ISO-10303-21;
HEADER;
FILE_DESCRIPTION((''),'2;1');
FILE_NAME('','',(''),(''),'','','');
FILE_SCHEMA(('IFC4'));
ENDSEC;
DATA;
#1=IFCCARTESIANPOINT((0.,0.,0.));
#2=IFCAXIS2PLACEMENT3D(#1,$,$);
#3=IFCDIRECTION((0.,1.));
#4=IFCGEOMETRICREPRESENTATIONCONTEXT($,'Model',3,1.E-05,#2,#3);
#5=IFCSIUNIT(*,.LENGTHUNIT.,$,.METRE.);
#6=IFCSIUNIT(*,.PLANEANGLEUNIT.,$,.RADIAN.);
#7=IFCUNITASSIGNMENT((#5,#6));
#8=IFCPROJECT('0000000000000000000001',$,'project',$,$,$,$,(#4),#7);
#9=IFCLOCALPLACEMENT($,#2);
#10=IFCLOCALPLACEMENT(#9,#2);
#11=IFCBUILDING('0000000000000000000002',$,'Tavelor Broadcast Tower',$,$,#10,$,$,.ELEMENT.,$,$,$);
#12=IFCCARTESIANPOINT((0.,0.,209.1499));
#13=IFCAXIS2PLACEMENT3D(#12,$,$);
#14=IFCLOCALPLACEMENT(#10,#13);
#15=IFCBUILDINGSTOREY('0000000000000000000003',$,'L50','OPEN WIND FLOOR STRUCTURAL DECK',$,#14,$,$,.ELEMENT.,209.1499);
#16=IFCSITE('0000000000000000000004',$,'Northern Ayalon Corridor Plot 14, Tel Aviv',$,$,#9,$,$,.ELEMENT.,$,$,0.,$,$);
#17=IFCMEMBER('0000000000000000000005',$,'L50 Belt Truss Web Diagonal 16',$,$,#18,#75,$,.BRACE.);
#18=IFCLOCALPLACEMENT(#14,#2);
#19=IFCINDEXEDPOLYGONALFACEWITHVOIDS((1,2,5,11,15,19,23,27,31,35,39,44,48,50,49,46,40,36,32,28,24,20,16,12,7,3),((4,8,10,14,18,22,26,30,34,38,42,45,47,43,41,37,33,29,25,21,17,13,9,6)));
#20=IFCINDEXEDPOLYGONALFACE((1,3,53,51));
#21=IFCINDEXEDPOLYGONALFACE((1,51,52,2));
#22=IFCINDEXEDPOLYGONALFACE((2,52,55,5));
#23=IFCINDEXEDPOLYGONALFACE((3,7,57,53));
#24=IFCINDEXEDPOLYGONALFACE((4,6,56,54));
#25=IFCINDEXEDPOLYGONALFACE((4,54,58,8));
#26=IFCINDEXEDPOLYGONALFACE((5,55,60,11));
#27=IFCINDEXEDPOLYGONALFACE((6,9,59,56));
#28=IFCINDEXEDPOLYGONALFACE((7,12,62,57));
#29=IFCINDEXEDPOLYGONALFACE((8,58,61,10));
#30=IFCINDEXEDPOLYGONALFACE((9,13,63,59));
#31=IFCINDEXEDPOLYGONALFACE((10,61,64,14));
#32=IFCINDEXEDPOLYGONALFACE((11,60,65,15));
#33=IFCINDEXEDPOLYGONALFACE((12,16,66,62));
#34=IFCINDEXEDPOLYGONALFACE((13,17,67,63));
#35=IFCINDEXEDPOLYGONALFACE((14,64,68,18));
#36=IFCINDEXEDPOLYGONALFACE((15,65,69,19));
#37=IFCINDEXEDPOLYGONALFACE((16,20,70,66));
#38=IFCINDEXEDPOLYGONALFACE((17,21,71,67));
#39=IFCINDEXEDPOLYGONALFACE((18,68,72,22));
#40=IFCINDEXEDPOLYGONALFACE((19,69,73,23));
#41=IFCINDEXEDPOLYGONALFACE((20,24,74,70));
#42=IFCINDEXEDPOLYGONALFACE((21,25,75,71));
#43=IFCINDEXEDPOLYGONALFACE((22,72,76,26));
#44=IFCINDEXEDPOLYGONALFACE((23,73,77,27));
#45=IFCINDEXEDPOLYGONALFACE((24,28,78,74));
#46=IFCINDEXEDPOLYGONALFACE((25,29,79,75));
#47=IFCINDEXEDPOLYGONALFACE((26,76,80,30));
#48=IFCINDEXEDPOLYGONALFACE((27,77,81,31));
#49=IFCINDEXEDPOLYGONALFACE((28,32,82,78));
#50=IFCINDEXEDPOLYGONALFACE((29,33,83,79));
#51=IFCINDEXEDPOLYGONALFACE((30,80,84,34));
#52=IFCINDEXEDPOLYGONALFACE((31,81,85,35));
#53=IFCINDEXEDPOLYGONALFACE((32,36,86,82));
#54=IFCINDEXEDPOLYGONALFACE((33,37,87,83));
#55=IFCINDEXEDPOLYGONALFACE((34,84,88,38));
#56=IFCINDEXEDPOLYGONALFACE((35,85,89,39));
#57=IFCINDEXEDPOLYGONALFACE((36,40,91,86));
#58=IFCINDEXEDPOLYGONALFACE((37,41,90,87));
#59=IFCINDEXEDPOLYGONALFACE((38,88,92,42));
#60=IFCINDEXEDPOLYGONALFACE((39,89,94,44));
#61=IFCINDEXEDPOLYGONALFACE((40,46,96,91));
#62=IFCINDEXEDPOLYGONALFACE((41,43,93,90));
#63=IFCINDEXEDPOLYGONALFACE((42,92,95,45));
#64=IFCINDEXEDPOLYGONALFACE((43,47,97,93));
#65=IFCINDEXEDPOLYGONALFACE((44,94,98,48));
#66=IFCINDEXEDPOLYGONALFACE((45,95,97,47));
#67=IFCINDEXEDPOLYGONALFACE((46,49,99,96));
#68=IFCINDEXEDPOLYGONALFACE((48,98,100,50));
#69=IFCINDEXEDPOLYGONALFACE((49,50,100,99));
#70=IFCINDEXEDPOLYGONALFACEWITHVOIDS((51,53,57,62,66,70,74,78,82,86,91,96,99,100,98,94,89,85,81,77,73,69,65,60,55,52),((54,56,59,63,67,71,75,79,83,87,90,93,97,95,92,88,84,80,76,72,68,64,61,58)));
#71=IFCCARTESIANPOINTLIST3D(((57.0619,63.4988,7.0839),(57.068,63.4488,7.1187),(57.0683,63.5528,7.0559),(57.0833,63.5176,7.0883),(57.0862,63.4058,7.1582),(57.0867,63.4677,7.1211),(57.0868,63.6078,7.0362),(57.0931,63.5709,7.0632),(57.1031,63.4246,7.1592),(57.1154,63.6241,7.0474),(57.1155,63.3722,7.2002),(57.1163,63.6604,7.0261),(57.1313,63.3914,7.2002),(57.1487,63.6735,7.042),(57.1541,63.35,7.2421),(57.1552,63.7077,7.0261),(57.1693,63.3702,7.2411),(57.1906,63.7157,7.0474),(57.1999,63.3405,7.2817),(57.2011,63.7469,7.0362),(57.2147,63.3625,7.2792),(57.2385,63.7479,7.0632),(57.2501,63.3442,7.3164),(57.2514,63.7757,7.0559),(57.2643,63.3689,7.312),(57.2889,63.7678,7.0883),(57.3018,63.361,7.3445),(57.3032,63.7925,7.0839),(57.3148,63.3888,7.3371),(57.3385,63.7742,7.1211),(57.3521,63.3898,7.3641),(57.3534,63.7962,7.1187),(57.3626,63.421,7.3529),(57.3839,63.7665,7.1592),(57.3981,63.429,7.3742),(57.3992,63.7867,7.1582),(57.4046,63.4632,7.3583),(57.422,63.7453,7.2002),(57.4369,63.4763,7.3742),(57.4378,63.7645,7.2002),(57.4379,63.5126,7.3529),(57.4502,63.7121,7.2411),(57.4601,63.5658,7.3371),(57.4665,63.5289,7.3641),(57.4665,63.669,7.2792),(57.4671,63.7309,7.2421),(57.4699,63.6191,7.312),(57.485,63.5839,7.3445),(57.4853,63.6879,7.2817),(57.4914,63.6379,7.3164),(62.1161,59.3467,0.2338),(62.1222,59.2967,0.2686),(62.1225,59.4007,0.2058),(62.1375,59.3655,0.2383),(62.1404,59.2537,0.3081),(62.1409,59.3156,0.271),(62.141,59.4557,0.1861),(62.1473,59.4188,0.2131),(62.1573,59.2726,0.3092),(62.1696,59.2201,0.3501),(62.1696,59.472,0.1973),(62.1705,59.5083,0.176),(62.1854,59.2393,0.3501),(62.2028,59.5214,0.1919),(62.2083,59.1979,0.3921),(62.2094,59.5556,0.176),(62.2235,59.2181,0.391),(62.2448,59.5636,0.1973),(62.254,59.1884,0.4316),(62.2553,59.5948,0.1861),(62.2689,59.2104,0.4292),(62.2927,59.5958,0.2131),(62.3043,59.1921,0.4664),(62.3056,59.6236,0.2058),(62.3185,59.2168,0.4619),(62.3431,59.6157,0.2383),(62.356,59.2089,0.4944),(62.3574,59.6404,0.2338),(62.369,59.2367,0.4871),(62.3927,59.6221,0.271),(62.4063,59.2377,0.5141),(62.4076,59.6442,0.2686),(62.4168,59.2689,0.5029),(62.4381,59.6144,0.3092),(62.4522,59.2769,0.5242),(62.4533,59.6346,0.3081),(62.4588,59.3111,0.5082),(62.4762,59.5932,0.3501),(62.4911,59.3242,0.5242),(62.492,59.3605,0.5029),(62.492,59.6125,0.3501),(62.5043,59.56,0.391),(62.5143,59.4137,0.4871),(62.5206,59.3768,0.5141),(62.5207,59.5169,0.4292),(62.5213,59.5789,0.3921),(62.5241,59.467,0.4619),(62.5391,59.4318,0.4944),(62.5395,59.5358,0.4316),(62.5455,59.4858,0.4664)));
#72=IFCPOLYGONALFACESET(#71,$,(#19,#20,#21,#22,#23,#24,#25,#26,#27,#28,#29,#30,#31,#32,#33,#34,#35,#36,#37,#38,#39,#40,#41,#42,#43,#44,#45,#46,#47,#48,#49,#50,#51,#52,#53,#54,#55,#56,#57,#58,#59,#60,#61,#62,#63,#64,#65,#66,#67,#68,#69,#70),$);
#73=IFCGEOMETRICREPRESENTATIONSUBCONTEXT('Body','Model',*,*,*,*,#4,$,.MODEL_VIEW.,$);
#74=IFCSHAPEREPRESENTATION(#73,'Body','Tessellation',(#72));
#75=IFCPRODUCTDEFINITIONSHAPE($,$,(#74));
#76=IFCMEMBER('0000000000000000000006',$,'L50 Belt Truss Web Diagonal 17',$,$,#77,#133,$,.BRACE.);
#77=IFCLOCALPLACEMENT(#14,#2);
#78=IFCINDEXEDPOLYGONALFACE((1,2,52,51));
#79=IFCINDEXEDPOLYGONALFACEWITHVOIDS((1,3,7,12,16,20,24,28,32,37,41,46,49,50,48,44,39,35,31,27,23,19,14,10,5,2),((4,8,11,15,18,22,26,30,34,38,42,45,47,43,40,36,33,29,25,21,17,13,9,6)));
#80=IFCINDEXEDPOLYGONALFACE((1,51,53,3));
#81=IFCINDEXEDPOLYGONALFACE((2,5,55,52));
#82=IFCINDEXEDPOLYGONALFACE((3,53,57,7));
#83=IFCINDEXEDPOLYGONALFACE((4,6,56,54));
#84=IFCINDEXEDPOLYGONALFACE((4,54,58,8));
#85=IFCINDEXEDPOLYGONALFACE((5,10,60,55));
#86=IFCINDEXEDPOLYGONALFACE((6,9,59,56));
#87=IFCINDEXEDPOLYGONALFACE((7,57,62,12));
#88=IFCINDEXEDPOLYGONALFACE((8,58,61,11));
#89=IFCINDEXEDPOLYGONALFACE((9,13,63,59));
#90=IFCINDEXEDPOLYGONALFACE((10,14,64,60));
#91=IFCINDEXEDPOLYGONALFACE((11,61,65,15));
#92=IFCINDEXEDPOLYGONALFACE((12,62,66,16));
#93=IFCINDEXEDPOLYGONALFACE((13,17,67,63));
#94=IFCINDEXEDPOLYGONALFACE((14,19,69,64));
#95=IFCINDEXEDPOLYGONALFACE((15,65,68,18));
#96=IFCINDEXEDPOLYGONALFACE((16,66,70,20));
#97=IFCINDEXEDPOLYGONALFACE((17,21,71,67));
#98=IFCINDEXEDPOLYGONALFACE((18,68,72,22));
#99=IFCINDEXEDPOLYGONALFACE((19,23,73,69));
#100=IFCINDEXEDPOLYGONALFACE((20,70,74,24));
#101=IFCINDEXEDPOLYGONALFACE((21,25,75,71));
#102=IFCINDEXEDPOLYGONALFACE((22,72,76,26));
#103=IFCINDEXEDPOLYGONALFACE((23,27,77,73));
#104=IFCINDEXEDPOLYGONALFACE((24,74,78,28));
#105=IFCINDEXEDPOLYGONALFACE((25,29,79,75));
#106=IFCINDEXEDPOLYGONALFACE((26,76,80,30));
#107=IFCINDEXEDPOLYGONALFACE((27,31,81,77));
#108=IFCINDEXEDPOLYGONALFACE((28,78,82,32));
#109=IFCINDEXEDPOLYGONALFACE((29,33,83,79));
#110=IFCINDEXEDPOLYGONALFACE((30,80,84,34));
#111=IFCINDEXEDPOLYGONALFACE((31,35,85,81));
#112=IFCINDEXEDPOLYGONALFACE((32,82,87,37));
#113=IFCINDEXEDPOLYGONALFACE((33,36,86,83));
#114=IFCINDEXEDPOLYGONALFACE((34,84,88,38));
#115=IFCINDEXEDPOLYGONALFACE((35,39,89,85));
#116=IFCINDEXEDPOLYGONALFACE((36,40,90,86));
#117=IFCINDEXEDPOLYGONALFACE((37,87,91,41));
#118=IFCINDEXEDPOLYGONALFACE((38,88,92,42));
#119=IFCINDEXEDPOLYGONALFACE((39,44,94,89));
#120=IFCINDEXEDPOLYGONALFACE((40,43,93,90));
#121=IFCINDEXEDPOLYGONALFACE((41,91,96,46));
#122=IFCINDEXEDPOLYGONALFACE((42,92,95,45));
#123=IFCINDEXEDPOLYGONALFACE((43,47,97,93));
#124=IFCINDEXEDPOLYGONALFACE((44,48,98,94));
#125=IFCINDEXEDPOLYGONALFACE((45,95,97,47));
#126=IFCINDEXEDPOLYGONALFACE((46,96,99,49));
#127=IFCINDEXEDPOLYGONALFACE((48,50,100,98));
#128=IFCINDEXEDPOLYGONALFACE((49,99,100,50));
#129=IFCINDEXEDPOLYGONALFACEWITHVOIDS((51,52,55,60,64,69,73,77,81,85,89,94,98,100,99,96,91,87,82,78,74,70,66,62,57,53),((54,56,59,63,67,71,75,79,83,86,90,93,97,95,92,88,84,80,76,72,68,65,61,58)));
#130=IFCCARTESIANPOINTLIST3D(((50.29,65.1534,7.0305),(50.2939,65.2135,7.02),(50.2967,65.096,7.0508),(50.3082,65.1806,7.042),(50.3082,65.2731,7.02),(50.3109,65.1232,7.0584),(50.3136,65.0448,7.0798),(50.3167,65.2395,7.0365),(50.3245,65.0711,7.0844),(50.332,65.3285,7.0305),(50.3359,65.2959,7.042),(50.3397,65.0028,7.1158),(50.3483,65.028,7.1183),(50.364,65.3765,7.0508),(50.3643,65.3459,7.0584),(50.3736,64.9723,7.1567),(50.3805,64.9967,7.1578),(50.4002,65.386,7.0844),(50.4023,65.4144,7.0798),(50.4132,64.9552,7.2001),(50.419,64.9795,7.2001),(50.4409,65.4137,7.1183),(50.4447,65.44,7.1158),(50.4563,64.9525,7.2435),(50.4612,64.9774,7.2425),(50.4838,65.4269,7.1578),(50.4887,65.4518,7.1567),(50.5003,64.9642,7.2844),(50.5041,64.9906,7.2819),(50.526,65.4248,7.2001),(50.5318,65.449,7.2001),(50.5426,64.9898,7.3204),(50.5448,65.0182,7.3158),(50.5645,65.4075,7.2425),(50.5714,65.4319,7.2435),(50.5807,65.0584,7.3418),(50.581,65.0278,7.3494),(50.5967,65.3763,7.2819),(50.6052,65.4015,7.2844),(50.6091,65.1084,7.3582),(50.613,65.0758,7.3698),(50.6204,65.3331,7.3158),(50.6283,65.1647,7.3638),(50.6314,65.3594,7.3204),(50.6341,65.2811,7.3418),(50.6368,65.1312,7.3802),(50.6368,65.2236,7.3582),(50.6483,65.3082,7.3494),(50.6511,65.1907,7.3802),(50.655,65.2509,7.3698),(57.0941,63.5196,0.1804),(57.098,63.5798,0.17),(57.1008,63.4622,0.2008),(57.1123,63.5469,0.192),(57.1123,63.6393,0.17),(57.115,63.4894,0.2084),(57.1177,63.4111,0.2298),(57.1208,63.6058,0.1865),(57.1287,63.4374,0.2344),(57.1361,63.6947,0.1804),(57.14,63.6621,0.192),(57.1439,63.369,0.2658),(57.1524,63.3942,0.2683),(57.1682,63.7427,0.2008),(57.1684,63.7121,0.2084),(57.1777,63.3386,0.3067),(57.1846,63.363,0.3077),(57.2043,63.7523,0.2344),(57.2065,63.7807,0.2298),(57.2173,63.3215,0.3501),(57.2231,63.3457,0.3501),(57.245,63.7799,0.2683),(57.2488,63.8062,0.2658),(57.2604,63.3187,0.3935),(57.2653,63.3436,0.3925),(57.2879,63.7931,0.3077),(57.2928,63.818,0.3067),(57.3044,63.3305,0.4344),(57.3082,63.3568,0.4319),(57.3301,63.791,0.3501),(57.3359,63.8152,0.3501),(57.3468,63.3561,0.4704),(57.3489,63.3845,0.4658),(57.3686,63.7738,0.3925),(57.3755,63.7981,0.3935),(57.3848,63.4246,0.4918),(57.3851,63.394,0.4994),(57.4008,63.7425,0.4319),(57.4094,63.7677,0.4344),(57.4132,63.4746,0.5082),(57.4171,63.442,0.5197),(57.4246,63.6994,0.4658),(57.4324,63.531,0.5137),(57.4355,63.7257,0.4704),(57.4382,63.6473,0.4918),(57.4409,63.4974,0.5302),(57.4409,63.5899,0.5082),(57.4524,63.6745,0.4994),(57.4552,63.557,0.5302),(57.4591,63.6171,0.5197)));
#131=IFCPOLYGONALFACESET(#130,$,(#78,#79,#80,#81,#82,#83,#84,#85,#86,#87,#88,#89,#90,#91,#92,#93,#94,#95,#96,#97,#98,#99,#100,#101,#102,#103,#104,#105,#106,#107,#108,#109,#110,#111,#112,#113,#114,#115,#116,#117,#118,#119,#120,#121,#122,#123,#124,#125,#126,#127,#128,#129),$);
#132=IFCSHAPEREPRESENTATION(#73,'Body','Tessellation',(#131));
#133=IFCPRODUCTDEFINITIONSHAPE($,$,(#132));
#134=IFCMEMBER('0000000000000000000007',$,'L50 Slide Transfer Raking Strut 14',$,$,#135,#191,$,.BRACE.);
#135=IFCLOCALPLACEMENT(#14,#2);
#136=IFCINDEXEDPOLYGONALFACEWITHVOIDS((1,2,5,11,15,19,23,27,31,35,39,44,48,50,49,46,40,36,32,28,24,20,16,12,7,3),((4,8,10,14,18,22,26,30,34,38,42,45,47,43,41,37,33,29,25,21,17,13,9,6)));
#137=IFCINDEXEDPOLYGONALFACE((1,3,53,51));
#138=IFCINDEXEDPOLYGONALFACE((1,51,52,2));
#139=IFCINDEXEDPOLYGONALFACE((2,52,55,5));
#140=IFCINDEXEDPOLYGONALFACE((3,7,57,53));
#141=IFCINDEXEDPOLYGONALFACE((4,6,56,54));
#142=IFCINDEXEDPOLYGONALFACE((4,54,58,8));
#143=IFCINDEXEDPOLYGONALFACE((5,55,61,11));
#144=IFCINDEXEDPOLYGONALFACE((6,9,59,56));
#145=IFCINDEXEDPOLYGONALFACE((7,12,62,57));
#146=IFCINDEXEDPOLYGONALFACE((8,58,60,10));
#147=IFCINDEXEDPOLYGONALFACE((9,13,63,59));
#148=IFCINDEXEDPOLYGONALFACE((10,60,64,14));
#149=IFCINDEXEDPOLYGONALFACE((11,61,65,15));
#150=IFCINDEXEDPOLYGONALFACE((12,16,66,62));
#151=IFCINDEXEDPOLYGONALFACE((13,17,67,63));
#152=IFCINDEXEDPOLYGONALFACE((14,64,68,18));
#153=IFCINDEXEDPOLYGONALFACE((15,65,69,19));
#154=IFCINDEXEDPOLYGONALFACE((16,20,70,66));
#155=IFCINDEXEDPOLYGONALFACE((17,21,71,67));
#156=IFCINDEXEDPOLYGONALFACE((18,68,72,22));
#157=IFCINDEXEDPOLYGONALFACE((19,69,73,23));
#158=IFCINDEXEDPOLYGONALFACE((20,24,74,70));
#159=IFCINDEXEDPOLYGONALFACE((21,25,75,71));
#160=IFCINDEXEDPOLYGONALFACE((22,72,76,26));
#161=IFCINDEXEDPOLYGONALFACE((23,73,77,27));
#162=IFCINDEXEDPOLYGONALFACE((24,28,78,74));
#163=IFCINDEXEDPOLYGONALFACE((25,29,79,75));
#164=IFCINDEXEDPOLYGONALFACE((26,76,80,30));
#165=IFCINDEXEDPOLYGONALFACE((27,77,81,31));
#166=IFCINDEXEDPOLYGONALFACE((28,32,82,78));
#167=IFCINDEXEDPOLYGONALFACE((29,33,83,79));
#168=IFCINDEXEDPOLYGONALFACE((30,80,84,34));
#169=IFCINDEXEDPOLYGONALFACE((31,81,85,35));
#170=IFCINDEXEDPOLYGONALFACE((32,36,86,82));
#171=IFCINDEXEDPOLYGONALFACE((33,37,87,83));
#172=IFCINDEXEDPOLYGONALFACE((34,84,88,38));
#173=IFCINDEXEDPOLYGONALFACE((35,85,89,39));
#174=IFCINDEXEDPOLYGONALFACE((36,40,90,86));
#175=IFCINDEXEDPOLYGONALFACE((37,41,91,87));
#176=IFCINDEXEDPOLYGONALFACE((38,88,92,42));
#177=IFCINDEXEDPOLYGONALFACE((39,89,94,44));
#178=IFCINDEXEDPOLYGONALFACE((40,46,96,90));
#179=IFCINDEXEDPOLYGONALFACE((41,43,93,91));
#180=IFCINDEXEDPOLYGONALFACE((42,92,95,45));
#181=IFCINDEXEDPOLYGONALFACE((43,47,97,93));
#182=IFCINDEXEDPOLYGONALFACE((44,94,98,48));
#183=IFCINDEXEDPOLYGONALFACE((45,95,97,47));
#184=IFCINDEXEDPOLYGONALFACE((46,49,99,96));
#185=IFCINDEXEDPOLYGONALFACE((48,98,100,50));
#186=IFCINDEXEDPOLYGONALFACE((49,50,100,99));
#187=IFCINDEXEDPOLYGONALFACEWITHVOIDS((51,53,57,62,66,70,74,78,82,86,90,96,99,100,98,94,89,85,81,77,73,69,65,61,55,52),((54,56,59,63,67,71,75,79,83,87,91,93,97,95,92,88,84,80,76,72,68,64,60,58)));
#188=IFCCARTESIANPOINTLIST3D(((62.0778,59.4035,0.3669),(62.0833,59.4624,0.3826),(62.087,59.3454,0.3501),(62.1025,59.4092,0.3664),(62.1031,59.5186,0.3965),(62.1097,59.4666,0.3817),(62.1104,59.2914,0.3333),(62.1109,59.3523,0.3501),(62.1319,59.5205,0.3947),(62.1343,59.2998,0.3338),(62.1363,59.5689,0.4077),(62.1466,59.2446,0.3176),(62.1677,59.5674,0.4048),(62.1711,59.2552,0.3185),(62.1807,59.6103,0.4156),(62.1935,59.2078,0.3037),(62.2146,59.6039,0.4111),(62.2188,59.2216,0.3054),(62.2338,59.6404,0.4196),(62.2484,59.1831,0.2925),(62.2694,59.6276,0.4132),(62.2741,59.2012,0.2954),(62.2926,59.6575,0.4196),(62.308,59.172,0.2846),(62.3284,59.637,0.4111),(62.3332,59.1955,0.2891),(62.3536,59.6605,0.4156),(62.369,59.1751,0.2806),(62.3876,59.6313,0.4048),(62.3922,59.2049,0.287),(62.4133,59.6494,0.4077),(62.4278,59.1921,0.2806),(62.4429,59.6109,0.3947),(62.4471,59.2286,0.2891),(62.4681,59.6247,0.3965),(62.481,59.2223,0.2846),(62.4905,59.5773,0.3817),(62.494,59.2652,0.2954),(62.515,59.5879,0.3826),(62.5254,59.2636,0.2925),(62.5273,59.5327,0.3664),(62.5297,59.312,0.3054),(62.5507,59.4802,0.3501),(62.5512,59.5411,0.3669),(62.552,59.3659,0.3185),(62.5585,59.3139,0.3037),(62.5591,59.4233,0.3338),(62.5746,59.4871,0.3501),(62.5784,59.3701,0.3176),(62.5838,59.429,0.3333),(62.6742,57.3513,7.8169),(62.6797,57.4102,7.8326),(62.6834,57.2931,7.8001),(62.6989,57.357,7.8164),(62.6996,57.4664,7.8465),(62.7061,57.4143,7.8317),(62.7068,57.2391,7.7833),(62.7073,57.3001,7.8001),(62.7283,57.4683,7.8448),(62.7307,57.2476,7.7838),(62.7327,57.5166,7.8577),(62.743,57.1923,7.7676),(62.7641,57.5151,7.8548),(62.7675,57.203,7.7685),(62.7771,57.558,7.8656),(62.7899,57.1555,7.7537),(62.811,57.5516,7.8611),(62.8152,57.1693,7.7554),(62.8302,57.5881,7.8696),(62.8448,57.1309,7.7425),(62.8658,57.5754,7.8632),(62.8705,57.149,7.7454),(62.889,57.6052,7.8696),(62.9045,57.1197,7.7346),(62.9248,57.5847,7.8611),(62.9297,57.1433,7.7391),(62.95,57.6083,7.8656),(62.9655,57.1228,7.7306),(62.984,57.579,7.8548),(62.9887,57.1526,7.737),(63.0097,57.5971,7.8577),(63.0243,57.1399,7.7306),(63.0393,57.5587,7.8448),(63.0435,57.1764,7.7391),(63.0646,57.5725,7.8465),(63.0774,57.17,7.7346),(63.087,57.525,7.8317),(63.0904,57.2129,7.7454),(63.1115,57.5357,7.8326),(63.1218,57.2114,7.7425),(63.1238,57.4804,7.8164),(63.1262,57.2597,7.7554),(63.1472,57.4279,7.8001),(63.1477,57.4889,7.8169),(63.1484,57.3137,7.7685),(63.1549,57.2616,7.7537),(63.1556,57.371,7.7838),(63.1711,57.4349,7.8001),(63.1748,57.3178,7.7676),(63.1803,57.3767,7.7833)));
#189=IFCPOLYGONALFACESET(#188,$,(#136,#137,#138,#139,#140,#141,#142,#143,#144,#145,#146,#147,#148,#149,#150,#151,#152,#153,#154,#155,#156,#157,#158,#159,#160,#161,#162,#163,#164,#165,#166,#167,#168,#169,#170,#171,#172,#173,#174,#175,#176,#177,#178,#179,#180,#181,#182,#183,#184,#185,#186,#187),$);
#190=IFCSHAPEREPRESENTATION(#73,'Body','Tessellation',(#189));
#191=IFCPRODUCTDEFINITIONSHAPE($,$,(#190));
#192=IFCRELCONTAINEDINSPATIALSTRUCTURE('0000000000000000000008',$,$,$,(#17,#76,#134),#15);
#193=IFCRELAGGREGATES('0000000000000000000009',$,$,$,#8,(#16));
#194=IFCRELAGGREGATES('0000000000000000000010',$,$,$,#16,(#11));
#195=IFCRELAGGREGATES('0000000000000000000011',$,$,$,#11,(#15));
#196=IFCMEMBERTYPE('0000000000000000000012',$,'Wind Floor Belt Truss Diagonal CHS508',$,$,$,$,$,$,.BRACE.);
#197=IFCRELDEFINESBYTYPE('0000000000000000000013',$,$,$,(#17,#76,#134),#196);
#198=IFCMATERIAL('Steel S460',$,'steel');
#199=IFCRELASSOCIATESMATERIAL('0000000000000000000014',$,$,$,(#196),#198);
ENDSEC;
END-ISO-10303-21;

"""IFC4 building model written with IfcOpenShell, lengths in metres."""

from ifc_helpers import new_model, si_unit, direction, frame, origin, origin_2d, place, context, subcontext, project, spatial, hollow_circle, extrude, material, material_profile, profile_set, type_object, element, save


model = new_model("IFC4")

# Units and contexts
model_context = context("Model", 3, precision=1e-05, world=origin(), true_north=direction((0.0, 1.0)))
body_context = subcontext(model_context, "Body", "Model", "MODEL_VIEW")
ifc_project = project(units=[si_unit("LENGTHUNIT", "METRE"), si_unit("PLANEANGLEUNIT", "RADIAN")], contexts=[model_context])

# Site, building, storey
site_placement = place(None, origin())
site = spatial("IfcSite", under=ifc_project, at=site_placement, Name="Northern Ayalon Corridor Plot 14, Tel Aviv", CompositionType="ELEMENT", RefElevation=0.0)
building_placement = place(site_placement, origin())
building = spatial("IfcBuilding", under=site, at=building_placement, Name="Tavelor Broadcast Tower", CompositionType="ELEMENT")
storey_placement = place(building_placement, frame((0.0, 0.0, 209.1499)))
storey = spatial("IfcBuildingStorey", under=building, at=storey_placement, Name="L50", Description="OPEN WIND FLOOR STRUCTURAL DECK", CompositionType="ELEMENT", Elevation=209.1499)

# Shared definitions
ifc_material_1 = material(Name="Steel S460", Category="steel")

# Members
ifc_material_profile_1 = material_profile(ifc_material_1, hollow_circle(Radius=0.2539, WallThickness=0.0249, at=origin_2d()), Name="CHS 508x25")
ifc_profile_set_1 = profile_set([ifc_material_profile_1], Name="Steel S460")
member_type_1 = type_object("IfcMemberType", Name="Wind Floor Belt Truss Diagonal CHS508", PredefinedType="BRACE", material=ifc_profile_set_1)
member_1_placement = place(storey_placement, frame((62.3308, 59.4163, 0.3501), z_axis=(-0.533624, 0.43838, 0.723235), x_axis=(-0.634779, -0.772694, 0.0)))
element("IfcMember", 1, at=member_1_placement, inside=storey, type_object=member_type_1, Name="L50 Belt Truss Web Diagonal 16", PredefinedType="BRACE", context=body_context, shape_type="SweptSolid", body=[
    extrude(hollow_circle(Radius=0.2539, WallThickness=0.0249, at=origin_2d()), origin(), (0.0, 0.0, 1.0), 9.4714),
])
member_2_placement = place(storey_placement, frame((57.2766, 63.5684, 0.3501), z_axis=(-0.694848, 0.166843, 0.699535), x_axis=(-0.233479, -0.972362, 0.0)))
element("IfcMember", 2, at=member_2_placement, inside=storey, type_object=member_type_1, Name="L50 Belt Truss Web Diagonal 17", PredefinedType="BRACE", context=body_context, shape_type="SweptSolid", body=[
    extrude(hollow_circle(Radius=0.2539, WallThickness=0.0249, at=origin_2d()), origin(), (0.0, 0.0, 1.0), 9.7922),
])
member_3_placement = place(storey_placement, frame((62.3308, 59.4163, 0.3501), z_axis=(0.076955, -0.264791, 0.96123), x_axis=(0.960268, 0.279079, 0.0)))
element("IfcMember", 3, at=member_3_placement, inside=storey, type_object=member_type_1, Name="L50 Slide Transfer Raking Strut 14", PredefinedType="BRACE", context=body_context, shape_type="SweptSolid", body=[
    extrude(hollow_circle(Radius=0.2539, WallThickness=0.0249, at=origin_2d()), origin(), (0.0, 0.0, 1.0), 7.7505),
])

save(model, "model.ifc")
